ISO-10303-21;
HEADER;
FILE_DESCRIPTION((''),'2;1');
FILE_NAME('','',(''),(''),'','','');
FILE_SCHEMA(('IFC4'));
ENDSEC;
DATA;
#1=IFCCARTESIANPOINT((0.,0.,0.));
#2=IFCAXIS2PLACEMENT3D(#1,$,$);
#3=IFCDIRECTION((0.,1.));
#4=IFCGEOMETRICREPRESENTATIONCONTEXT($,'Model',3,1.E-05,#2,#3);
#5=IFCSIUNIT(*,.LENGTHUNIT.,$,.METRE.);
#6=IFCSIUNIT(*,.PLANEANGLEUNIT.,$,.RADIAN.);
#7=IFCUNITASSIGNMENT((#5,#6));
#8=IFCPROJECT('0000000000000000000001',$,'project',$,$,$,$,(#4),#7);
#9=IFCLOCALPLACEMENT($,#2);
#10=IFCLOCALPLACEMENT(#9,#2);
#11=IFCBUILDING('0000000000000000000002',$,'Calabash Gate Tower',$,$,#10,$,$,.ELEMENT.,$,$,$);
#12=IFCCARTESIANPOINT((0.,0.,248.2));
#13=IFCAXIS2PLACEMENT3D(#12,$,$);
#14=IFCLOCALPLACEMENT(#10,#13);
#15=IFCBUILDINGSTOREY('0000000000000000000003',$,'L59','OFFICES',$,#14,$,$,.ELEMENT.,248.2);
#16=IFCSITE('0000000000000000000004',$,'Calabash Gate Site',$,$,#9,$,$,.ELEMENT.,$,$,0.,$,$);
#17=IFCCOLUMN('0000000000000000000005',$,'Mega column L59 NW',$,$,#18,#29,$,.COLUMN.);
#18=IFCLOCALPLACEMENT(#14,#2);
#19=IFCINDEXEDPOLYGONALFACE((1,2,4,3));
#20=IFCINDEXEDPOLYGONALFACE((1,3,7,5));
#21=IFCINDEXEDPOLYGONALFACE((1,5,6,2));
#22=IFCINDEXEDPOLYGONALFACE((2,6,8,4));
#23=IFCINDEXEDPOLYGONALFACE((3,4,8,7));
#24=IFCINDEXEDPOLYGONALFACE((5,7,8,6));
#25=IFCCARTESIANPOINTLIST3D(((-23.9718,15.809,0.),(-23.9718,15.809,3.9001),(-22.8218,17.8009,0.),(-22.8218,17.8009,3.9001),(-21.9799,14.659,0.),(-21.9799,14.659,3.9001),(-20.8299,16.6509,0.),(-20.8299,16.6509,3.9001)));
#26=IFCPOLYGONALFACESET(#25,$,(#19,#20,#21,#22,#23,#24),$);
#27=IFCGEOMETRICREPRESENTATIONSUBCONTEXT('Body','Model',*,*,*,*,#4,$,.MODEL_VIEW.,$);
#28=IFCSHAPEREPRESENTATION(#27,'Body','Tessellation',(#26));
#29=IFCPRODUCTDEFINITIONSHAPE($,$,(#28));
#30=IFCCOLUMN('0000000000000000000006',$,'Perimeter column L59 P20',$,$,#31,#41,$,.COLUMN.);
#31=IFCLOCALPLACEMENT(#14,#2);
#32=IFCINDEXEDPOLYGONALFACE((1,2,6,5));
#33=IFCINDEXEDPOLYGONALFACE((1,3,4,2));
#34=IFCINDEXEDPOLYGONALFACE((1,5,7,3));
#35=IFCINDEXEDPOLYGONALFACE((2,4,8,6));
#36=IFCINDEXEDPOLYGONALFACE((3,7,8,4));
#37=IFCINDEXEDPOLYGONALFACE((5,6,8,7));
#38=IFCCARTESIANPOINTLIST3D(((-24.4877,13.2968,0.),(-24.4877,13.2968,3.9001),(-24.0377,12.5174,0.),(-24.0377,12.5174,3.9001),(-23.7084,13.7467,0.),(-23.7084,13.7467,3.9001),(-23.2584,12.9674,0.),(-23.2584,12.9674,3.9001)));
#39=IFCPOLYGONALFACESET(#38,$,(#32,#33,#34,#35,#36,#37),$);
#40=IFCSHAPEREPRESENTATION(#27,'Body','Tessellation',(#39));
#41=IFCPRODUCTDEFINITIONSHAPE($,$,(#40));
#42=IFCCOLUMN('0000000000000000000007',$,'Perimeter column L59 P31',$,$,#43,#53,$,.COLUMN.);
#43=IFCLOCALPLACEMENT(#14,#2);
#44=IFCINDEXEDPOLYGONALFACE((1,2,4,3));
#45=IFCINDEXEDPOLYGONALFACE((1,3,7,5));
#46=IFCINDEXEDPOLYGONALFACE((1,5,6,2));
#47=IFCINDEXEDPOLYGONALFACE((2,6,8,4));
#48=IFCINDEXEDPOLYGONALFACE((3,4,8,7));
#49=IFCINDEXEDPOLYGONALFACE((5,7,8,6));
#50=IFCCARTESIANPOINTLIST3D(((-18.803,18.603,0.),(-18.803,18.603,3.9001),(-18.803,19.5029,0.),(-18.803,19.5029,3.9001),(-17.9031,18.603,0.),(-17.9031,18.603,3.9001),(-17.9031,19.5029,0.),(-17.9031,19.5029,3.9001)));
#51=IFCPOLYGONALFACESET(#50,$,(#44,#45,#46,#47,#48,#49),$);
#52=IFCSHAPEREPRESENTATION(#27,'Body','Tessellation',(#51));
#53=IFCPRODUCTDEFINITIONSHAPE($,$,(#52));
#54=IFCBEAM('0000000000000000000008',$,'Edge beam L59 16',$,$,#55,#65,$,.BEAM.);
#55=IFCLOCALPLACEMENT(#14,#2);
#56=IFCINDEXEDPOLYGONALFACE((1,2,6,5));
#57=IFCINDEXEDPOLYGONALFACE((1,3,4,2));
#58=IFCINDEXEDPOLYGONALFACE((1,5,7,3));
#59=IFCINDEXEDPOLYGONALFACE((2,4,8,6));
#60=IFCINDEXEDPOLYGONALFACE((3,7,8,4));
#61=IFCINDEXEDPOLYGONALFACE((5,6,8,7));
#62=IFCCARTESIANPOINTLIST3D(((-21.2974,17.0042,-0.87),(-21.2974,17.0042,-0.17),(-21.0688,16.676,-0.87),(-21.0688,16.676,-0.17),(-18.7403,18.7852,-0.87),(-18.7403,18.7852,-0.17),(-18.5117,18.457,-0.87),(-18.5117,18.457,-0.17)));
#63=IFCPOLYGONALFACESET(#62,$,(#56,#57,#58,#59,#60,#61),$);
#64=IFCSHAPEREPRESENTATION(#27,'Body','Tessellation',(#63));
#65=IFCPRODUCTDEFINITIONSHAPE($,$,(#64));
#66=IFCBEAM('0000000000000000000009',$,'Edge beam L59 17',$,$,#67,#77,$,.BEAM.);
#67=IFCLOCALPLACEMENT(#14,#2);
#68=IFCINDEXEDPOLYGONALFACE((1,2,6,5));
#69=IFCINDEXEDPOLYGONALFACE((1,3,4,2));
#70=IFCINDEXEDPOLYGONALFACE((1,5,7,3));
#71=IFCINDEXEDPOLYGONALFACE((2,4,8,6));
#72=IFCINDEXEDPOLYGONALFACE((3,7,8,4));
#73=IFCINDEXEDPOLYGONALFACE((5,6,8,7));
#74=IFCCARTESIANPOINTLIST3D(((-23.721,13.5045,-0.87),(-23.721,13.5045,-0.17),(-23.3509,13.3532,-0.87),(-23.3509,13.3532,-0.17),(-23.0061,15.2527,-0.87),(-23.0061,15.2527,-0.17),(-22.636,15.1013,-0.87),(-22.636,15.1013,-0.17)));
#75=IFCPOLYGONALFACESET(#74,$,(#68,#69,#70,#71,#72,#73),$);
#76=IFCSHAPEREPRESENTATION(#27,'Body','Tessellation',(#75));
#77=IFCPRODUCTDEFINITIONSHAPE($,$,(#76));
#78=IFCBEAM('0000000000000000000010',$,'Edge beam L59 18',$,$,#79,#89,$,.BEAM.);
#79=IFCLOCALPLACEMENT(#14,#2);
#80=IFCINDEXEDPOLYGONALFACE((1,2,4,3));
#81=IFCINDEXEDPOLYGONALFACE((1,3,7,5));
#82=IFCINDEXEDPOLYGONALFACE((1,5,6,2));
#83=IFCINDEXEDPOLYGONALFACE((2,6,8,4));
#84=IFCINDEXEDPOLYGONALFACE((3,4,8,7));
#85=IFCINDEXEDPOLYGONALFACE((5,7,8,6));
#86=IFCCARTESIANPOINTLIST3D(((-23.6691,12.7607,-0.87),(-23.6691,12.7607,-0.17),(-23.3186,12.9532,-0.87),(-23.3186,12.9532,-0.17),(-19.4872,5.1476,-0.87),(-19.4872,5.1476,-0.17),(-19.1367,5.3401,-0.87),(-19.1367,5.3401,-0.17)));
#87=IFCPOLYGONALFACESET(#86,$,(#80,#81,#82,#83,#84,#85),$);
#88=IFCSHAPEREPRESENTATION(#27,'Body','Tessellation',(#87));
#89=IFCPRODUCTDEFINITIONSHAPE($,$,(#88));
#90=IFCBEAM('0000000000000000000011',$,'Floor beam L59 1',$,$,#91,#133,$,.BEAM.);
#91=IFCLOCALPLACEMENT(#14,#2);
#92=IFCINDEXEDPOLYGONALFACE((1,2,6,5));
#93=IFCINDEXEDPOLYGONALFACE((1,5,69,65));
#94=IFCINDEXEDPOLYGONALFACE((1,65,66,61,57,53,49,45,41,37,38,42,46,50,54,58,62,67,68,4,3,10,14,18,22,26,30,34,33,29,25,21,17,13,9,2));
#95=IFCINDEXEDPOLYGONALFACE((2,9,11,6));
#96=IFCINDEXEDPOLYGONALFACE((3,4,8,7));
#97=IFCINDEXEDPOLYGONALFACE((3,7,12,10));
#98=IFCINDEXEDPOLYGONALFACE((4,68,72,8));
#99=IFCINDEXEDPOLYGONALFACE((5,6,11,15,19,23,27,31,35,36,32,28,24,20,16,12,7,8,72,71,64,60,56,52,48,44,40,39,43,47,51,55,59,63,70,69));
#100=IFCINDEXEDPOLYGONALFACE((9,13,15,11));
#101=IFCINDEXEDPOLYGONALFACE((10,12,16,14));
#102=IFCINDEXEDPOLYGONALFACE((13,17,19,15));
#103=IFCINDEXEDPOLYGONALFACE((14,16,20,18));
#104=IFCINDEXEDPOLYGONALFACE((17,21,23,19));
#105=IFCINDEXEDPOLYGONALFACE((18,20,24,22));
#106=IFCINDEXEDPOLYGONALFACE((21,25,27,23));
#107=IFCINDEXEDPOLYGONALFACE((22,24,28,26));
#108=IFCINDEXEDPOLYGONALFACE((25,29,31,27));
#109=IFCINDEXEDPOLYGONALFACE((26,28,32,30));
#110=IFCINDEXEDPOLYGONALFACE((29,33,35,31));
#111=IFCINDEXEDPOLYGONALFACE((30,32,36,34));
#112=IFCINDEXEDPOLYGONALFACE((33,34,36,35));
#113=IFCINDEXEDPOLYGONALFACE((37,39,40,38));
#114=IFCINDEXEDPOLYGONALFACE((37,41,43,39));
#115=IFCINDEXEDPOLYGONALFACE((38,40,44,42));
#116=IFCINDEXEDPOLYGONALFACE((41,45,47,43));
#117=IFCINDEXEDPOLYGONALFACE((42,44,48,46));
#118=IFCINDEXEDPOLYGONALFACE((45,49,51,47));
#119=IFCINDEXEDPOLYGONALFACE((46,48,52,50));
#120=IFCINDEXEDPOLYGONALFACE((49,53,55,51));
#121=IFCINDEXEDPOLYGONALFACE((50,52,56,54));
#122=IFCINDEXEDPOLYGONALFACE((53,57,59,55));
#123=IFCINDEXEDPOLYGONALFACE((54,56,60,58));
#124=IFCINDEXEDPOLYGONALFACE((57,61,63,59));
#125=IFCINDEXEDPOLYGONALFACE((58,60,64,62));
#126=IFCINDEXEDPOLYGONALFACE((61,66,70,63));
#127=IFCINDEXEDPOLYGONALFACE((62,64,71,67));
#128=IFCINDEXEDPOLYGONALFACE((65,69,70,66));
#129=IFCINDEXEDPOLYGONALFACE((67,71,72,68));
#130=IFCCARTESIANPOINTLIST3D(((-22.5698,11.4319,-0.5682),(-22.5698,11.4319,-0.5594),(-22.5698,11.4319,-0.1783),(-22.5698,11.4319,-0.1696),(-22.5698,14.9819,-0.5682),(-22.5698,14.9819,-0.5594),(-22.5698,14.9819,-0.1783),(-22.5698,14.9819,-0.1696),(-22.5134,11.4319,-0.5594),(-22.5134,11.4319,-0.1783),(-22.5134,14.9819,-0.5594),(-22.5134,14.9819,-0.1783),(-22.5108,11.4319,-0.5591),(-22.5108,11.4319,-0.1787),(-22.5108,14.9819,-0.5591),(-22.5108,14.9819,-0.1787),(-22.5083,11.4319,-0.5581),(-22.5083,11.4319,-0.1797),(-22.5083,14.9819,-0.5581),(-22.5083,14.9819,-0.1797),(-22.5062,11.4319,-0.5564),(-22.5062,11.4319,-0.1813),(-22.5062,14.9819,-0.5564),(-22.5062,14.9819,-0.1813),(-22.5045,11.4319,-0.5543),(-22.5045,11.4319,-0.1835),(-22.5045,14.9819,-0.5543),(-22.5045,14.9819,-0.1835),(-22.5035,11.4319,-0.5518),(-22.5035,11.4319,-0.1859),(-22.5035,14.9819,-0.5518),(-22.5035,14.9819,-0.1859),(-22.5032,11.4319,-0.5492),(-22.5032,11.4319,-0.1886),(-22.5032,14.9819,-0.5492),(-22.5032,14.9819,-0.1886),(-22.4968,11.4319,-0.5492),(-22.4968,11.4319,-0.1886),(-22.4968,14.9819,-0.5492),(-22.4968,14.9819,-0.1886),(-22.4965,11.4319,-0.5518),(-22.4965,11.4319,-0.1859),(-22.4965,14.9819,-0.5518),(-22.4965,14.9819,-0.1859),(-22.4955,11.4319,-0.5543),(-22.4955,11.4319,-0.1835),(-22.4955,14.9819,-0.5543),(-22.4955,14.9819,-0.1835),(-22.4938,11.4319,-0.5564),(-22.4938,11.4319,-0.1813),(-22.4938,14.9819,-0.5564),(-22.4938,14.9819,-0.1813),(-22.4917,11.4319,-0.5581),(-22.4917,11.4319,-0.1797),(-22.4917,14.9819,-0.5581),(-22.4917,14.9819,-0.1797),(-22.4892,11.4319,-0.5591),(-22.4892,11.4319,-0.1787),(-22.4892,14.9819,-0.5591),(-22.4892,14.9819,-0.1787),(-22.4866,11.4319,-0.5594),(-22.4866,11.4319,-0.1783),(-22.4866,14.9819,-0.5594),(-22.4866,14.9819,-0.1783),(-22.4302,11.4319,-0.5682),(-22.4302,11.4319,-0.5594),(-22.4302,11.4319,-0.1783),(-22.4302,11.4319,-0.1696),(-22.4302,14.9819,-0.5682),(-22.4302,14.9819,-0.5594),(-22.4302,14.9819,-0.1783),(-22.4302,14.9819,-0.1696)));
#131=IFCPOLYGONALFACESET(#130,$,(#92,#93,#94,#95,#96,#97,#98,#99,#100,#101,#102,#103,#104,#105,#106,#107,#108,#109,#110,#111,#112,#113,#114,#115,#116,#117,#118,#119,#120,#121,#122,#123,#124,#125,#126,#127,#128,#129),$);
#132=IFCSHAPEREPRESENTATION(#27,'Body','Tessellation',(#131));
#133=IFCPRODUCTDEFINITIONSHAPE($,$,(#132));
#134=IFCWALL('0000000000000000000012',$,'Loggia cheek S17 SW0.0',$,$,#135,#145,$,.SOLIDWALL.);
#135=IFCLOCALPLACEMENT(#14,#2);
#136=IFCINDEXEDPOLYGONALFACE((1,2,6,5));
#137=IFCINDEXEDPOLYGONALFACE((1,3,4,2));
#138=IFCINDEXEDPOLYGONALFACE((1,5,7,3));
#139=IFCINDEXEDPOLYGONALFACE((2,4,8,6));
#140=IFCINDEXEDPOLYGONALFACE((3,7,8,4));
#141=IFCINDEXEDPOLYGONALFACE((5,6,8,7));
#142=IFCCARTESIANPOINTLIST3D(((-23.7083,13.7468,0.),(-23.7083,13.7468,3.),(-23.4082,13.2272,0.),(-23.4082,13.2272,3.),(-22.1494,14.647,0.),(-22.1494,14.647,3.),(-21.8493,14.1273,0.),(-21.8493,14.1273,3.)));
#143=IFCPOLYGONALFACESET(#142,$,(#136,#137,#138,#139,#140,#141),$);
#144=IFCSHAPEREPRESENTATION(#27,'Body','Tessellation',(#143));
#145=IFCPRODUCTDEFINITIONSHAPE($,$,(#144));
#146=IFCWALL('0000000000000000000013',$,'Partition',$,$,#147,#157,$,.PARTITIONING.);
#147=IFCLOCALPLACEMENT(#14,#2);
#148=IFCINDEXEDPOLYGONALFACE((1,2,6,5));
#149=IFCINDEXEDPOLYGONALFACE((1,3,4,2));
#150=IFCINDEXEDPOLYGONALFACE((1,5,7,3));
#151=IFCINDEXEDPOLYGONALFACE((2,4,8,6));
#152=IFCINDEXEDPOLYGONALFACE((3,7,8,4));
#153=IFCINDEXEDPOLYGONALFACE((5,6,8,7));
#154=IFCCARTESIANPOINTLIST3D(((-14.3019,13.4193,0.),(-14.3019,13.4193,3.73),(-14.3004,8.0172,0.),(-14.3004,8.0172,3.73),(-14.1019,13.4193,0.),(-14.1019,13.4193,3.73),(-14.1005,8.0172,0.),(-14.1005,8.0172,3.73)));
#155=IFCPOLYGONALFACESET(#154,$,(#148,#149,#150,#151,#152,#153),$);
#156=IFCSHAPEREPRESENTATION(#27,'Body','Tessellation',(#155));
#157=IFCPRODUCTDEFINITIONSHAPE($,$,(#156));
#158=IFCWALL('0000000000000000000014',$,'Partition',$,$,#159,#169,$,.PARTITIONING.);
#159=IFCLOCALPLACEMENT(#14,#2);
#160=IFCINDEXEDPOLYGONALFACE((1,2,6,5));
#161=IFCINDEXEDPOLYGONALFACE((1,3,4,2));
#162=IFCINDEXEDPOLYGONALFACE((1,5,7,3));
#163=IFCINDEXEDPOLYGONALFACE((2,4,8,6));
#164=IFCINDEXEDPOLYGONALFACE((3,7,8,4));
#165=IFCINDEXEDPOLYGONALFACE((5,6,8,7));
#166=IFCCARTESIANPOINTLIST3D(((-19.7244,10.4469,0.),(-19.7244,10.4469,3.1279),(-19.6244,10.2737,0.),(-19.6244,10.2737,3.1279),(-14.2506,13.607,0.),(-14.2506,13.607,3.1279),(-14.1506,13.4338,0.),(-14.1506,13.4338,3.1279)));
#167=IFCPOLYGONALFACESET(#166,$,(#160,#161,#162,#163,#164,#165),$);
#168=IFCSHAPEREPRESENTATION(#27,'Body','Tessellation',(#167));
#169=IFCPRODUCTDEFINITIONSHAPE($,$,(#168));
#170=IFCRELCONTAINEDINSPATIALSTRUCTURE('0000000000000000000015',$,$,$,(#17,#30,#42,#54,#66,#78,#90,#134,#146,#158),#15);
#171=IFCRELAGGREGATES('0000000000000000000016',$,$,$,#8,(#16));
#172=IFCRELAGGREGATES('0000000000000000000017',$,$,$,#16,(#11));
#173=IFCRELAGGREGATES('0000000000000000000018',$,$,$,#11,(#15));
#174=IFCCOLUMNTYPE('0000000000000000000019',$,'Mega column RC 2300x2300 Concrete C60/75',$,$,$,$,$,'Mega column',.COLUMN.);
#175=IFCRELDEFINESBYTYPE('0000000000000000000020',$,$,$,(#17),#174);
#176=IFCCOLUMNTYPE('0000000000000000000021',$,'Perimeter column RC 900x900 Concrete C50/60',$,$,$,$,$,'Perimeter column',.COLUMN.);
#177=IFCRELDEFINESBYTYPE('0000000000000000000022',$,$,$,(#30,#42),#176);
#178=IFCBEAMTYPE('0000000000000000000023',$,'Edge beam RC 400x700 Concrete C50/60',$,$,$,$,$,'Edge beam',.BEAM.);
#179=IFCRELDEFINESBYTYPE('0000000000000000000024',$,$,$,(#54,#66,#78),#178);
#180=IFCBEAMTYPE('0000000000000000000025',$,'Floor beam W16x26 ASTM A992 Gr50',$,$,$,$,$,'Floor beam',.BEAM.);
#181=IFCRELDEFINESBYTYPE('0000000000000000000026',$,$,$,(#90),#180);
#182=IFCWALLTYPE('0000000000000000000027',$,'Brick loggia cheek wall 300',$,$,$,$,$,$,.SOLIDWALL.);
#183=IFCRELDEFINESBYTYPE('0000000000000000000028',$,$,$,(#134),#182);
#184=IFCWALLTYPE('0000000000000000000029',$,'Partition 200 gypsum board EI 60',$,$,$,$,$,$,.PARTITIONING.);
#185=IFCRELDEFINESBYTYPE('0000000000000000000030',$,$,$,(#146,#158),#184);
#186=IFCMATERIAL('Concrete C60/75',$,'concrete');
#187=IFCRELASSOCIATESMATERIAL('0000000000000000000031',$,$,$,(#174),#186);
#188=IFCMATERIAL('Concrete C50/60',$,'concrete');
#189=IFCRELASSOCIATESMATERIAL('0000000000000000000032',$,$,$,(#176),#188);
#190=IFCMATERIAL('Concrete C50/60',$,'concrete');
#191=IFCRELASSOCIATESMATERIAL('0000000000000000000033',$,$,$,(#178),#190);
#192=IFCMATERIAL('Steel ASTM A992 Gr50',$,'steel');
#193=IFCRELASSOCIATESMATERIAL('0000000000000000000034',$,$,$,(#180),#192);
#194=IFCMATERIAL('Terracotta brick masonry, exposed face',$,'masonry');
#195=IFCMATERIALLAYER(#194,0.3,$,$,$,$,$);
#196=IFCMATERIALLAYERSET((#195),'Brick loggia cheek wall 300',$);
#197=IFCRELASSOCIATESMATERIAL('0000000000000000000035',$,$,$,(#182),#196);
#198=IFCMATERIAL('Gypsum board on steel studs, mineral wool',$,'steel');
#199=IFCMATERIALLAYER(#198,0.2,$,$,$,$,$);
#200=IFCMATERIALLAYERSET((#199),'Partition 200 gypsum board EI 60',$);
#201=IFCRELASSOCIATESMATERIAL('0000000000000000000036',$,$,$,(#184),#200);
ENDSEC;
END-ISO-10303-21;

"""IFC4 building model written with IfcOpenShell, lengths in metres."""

from ifc_helpers import new_model, si_unit, direction, frame, frame_2d, origin, origin_2d, place, context, subcontext, project, spatial, rectangle, i_section, extrude, material, layer, layer_set, material_profile, profile_set, type_object, element, save


model = new_model("IFC4")

# Units and contexts
model_context = context("Model", 3, precision=1e-05, world=origin(), true_north=direction((0.0, 1.0)))
body_context = subcontext(model_context, "Body", "Model", "MODEL_VIEW")
ifc_project = project(units=[si_unit("LENGTHUNIT", "METRE"), si_unit("PLANEANGLEUNIT", "RADIAN")], contexts=[model_context])

# Site, building, storey
site_placement = place(None, origin())
site = spatial("IfcSite", under=ifc_project, at=site_placement, Name="Calabash Gate Site", CompositionType="ELEMENT", RefElevation=0.0)
building_placement = place(site_placement, origin())
building = spatial("IfcBuilding", under=site, at=building_placement, Name="Calabash Gate Tower", CompositionType="ELEMENT")
storey_placement = place(building_placement, frame((0.0, 0.0, 248.2)))
storey = spatial("IfcBuildingStorey", under=building, at=storey_placement, Name="L59", Description="OFFICES", CompositionType="ELEMENT", Elevation=248.2)

# Columns
ifc_material_1 = material(Name="Concrete C60/75", Category="concrete")
ifc_material_profile_1 = material_profile(ifc_material_1, rectangle(XDim=2.3, YDim=2.3, at=origin_2d()))
ifc_profile_set_1 = profile_set([ifc_material_profile_1], Name="Concrete C60/75")
column_type_1 = type_object("IfcColumnType", Name="Mega column RC 2300x2300 Concrete C60/75", ElementType="Mega column", PredefinedType="COLUMN", material=ifc_profile_set_1)
column_placement = place(storey_placement, frame((-22.4009, 16.23, 0.0), z_axis=(0.0, 0.0, 1.0), x_axis=(0.866025, -0.5, 0.0)))
element("IfcColumn", 1, at=column_placement, inside=storey, type_object=column_type_1, Name="Mega column L59 NW", PredefinedType="COLUMN", context=body_context, shape_type="SweptSolid", body=[
    extrude(rectangle(XDim=2.3, YDim=2.3, at=origin_2d()), origin(), (0.0, 0.0, 1.0), 3.9001),
])
ifc_material_2 = material(Name="Concrete C50/60", Category="concrete")
ifc_material_profile_2 = material_profile(ifc_material_2, rectangle(XDim=0.8999, YDim=0.8999, at=origin_2d()))
ifc_profile_set_2 = profile_set([ifc_material_profile_2], Name="Concrete C50/60")
column_type_2 = type_object("IfcColumnType", Name="Perimeter column RC 900x900 Concrete C50/60", ElementType="Perimeter column", PredefinedType="COLUMN", material=ifc_profile_set_2)
for number, where, z_axis, x_axis, name in (
    (2, (-23.873, 13.1321, 0.0), (0.0, 0.0, 1.0), (0.5, -0.866025, 0.0), "Perimeter column L59 P20"),
    (3, (-18.353, 19.053, 0.0), (0.0, 0.0, 1.0), (-1.0, 0.0, 0.0), "Perimeter column L59 P31"),
):
    element("IfcColumn", number, at=place(storey_placement, frame(where, z_axis=z_axis, x_axis=x_axis)), inside=storey, type_object=column_type_2, Name=name, PredefinedType="COLUMN", context=body_context, shape_type="SweptSolid", body=[
        extrude(rectangle(XDim=0.8999, YDim=0.8999, at=origin_2d()), origin(), (0.0, 0.0, 1.0), 3.9001),
    ])

# Beams
ifc_material_3 = material(Name="Concrete C50/60", Category="concrete")
ifc_material_profile_3 = material_profile(ifc_material_3, rectangle(XDim=0.3999, YDim=0.7, at=origin_2d()))
ifc_profile_set_3 = profile_set([ifc_material_profile_3], Name="Concrete C50/60")
beam_type_1 = type_object("IfcBeamType", Name="Edge beam RC 400x700 Concrete C50/60", ElementType="Edge beam", PredefinedType="BEAM", material=ifc_profile_set_3)
beam_1_placement = place(storey_placement, frame((-18.626, 18.6211, -0.52), z_axis=(-0.820584, -0.571526, 0.0), x_axis=(0.571526, -0.820584, 0.0)))
element("IfcBeam", 4, at=beam_1_placement, inside=storey, type_object=beam_type_1, Name="Edge beam L59 16", PredefinedType="BEAM", context=body_context, shape_type="SweptSolid", body=[
    extrude(rectangle(XDim=0.3999, YDim=0.7, at=origin_2d()), origin(), (0.0, 0.0, 1.0), 3.1162),
])
beam_2_placement = place(storey_placement, frame((-22.821, 15.177, -0.52), z_axis=(-0.378512, -0.925596, 0.0), x_axis=(0.925596, -0.378512, 0.0)))
element("IfcBeam", 5, at=beam_2_placement, inside=storey, type_object=beam_type_1, Name="Edge beam L59 17", PredefinedType="BEAM", context=body_context, shape_type="SweptSolid", body=[
    extrude(rectangle(XDim=0.3999, YDim=0.7, at=origin_2d()), origin(), (0.0, 0.0, 1.0), 1.8887),
])
beam_3_placement = place(storey_placement, frame((-23.4939, 12.8569, -0.52), z_axis=(0.481451, -0.876473, 0.0), x_axis=(0.876473, 0.481451, 0.0)))
element("IfcBeam", 6, at=beam_3_placement, inside=storey, type_object=beam_type_1, Name="Edge beam L59 18", PredefinedType="BEAM", context=body_context, shape_type="SweptSolid", body=[
    extrude(rectangle(XDim=0.3999, YDim=0.7, at=origin_2d()), origin(), (0.0, 0.0, 1.0), 8.686),
])
ifc_material_4 = material(Name="Steel ASTM A992 Gr50", Category="steel")
ifc_material_profile_4 = material_profile(ifc_material_4, i_section(OverallWidth=0.1396, OverallDepth=0.3987, WebThickness=0.0063, FlangeThickness=0.0088, FilletRadius=0.0103, at=origin_2d()))
ifc_profile_set_4 = profile_set([ifc_material_profile_4], Name="Steel ASTM A992 Gr50")
beam_type_2 = type_object("IfcBeamType", Name="Floor beam W16x26 ASTM A992 Gr50", ElementType="Floor beam", PredefinedType="BEAM", material=ifc_profile_set_4)
beam_4_placement = place(storey_placement, frame((-22.5, 11.4319, -0.3689), z_axis=(0.0, 1.0, 0.0), x_axis=(-1.0, 0.0, 0.0)))
element("IfcBeam", 7, at=beam_4_placement, inside=storey, type_object=beam_type_2, Name="Floor beam L59 1", PredefinedType="BEAM", context=body_context, shape_type="SweptSolid", body=[
    extrude(i_section(OverallWidth=0.1396, OverallDepth=0.3987, WebThickness=0.0063, FlangeThickness=0.0088, FilletRadius=0.0103, at=origin_2d()), origin(), (0.0, 0.0, 1.0), 3.55),
])

# Walls
ifc_material_5 = material(Name="Terracotta brick masonry, exposed face", Category="masonry")
ifc_layer_1 = layer(ifc_material_5, 0.3)
ifc_layer_set_1 = layer_set([ifc_layer_1], Name="Brick loggia cheek wall 300")
wall_type_1 = type_object("IfcWallType", Name="Brick loggia cheek wall 300", PredefinedType="SOLIDWALL", material=ifc_layer_set_1)
wall_1_placement = place(storey_placement, frame((-23.5581, 13.4871, 0.0), z_axis=(0.0, 0.0, 1.0), x_axis=(0.865989, 0.500063, 0.0)))
element("IfcWall", 8, at=wall_1_placement, inside=storey, type_object=wall_type_1, Name="Loggia cheek S17 SW0.0", PredefinedType="SOLIDWALL", context=body_context, shape_type="SweptSolid", body=[
    extrude(rectangle(XDim=1.8, YDim=0.6001, at=frame_2d((0.8999, 0.0))), origin(), (0.0, 0.0, 1.0), 3.0),
])
ifc_material_6 = material(Name="Gypsum board on steel studs, mineral wool", Category="steel")
ifc_layer_2 = layer(ifc_material_6, 0.2)
ifc_layer_set_2 = layer_set([ifc_layer_2], Name="Partition 200 gypsum board EI 60")
wall_type_2 = type_object("IfcWallType", Name="Partition 200 gypsum board EI 60", PredefinedType="PARTITIONING", material=ifc_layer_set_2)
wall_2_placement = place(storey_placement, frame((-14.2019, 13.4194, 0.0), z_axis=(0.0, 0.0, 1.0), x_axis=(0.000271, -1.0, 0.0)))
element("IfcWall", 9, at=wall_2_placement, inside=storey, type_object=wall_type_2, Name="Partition", PredefinedType="PARTITIONING", context=body_context, shape_type="SweptSolid", body=[
    extrude(rectangle(XDim=5.4021, YDim=0.2, at=frame_2d((2.7012, 0.0))), origin(), (0.0, 0.0, 1.0), 3.73),
])
wall_3_placement = place(storey_placement, frame((-19.6743, 10.3604, 0.0), z_axis=(0.0, 0.0, 1.0), x_axis=(0.866038, 0.499978, 0.0)))
element("IfcWall", 10, at=wall_3_placement, inside=storey, type_object=wall_type_2, Name="Partition", PredefinedType="PARTITIONING", context=body_context, shape_type="SweptSolid", body=[
    extrude(rectangle(XDim=6.3206, YDim=0.2, at=frame_2d((3.1602, 0.0))), origin(), (0.0, 0.0, 1.0), 3.1279),
])

save(model, "model.ifc")
